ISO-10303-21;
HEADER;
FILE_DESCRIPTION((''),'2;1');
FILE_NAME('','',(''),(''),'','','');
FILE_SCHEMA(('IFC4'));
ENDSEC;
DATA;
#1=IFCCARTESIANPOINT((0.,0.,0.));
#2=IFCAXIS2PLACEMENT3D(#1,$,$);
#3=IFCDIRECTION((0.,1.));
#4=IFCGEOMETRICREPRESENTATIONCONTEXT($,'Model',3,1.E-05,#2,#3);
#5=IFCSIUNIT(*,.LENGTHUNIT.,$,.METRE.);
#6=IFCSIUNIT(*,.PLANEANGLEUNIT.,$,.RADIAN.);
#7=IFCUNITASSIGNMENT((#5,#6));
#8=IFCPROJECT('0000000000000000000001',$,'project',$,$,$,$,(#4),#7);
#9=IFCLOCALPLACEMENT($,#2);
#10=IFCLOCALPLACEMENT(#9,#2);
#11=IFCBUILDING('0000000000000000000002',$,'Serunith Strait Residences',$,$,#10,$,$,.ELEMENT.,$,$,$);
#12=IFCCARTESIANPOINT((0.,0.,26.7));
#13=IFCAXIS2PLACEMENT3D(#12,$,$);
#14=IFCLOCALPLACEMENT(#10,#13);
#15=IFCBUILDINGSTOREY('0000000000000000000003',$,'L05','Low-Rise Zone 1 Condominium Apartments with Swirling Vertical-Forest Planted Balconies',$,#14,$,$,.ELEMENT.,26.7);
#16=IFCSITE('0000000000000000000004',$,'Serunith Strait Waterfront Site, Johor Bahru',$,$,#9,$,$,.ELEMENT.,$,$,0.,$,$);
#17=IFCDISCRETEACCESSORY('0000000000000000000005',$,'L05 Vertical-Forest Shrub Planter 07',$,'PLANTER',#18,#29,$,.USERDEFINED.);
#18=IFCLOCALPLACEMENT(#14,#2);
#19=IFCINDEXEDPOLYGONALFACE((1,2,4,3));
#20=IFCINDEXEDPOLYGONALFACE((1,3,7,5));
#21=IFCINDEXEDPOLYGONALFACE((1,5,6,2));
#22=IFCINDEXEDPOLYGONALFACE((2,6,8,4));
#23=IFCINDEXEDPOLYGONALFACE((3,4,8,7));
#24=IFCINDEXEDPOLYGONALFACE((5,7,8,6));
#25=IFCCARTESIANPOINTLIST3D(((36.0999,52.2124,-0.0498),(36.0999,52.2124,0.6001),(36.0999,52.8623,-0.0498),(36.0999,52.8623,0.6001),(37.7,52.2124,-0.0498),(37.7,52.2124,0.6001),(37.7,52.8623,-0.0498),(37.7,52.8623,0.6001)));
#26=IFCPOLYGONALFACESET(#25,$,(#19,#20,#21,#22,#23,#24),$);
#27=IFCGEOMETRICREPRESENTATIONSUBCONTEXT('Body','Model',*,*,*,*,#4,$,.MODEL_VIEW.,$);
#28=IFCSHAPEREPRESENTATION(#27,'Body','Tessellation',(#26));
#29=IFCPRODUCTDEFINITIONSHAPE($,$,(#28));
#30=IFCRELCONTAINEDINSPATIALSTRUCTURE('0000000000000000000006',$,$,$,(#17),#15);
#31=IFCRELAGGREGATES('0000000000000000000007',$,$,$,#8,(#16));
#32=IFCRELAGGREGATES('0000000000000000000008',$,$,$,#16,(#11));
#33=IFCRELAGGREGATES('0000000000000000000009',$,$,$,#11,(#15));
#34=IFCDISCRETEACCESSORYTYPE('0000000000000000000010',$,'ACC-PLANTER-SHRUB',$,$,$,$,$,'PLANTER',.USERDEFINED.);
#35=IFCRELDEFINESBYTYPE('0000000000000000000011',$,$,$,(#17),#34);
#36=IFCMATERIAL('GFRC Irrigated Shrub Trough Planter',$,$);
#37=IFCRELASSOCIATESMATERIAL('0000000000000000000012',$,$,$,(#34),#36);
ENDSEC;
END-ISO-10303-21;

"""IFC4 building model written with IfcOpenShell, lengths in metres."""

from ifc_helpers import new_model, si_unit, direction, frame, origin, origin_2d, place, context, subcontext, project, spatial, rectangle, extrude, source, transform, mapped, material, type_object, element, save


model = new_model("IFC4")

# Units and contexts
model_context = context("Model", 3, precision=1e-05, world=origin(), true_north=direction((0.0, 1.0)))
body_context = subcontext(model_context, "Body", "Model", "MODEL_VIEW")
ifc_project = project(units=[si_unit("LENGTHUNIT", "METRE"), si_unit("PLANEANGLEUNIT", "RADIAN")], contexts=[model_context])

# Site, building, storey
site_placement = place(None, origin())
site = spatial("IfcSite", under=ifc_project, at=site_placement, Name="Serunith Strait Waterfront Site, Johor Bahru", CompositionType="ELEMENT", RefElevation=0.0)
building_placement = place(site_placement, origin())
building = spatial("IfcBuilding", under=site, at=building_placement, Name="Serunith Strait Residences", CompositionType="ELEMENT")
storey_placement = place(building_placement, frame((0.0, 0.0, 26.7)))
storey = spatial("IfcBuildingStorey", under=building, at=storey_placement, Name="L05", Description="Low-Rise Zone 1 Condominium Apartments with Swirling Vertical-Forest Planted Balconies", CompositionType="ELEMENT", Elevation=26.7)

# Discrete accessory
ifc_material_1 = material(Name="GFRC Irrigated Shrub Trough Planter")
discrete_accessory_type = type_object("IfcDiscreteAccessoryType", Name="ACC-PLANTER-SHRUB", ElementType="PLANTER", PredefinedType="USERDEFINED", material=ifc_material_1)
shared_shape_1 = source(origin(), body_context, "Body", "SweptSolid", [
    extrude(rectangle(XDim=1.6001, YDim=0.6499, at=origin_2d()), origin(), (0.0, 0.0, 1.0), 0.6499),
])
discrete_accessory_placement = place(storey_placement, frame((36.8999, 52.5374, -0.0498), z_axis=(0.0, 0.0, 1.0), x_axis=(-1.0, 0.0, 0.0)))
element("IfcDiscreteAccessory", 1, at=discrete_accessory_placement, inside=storey, type_object=discrete_accessory_type, Name="L05 Vertical-Forest Shrub Planter 07", ObjectType="PLANTER", PredefinedType="USERDEFINED", context=body_context, shape_type="MappedRepresentation", body=[
    mapped(shared_shape_1, transform((0.0, 0.0, 0.0), scale=1.0)),
])

save(model, "model.ifc")
